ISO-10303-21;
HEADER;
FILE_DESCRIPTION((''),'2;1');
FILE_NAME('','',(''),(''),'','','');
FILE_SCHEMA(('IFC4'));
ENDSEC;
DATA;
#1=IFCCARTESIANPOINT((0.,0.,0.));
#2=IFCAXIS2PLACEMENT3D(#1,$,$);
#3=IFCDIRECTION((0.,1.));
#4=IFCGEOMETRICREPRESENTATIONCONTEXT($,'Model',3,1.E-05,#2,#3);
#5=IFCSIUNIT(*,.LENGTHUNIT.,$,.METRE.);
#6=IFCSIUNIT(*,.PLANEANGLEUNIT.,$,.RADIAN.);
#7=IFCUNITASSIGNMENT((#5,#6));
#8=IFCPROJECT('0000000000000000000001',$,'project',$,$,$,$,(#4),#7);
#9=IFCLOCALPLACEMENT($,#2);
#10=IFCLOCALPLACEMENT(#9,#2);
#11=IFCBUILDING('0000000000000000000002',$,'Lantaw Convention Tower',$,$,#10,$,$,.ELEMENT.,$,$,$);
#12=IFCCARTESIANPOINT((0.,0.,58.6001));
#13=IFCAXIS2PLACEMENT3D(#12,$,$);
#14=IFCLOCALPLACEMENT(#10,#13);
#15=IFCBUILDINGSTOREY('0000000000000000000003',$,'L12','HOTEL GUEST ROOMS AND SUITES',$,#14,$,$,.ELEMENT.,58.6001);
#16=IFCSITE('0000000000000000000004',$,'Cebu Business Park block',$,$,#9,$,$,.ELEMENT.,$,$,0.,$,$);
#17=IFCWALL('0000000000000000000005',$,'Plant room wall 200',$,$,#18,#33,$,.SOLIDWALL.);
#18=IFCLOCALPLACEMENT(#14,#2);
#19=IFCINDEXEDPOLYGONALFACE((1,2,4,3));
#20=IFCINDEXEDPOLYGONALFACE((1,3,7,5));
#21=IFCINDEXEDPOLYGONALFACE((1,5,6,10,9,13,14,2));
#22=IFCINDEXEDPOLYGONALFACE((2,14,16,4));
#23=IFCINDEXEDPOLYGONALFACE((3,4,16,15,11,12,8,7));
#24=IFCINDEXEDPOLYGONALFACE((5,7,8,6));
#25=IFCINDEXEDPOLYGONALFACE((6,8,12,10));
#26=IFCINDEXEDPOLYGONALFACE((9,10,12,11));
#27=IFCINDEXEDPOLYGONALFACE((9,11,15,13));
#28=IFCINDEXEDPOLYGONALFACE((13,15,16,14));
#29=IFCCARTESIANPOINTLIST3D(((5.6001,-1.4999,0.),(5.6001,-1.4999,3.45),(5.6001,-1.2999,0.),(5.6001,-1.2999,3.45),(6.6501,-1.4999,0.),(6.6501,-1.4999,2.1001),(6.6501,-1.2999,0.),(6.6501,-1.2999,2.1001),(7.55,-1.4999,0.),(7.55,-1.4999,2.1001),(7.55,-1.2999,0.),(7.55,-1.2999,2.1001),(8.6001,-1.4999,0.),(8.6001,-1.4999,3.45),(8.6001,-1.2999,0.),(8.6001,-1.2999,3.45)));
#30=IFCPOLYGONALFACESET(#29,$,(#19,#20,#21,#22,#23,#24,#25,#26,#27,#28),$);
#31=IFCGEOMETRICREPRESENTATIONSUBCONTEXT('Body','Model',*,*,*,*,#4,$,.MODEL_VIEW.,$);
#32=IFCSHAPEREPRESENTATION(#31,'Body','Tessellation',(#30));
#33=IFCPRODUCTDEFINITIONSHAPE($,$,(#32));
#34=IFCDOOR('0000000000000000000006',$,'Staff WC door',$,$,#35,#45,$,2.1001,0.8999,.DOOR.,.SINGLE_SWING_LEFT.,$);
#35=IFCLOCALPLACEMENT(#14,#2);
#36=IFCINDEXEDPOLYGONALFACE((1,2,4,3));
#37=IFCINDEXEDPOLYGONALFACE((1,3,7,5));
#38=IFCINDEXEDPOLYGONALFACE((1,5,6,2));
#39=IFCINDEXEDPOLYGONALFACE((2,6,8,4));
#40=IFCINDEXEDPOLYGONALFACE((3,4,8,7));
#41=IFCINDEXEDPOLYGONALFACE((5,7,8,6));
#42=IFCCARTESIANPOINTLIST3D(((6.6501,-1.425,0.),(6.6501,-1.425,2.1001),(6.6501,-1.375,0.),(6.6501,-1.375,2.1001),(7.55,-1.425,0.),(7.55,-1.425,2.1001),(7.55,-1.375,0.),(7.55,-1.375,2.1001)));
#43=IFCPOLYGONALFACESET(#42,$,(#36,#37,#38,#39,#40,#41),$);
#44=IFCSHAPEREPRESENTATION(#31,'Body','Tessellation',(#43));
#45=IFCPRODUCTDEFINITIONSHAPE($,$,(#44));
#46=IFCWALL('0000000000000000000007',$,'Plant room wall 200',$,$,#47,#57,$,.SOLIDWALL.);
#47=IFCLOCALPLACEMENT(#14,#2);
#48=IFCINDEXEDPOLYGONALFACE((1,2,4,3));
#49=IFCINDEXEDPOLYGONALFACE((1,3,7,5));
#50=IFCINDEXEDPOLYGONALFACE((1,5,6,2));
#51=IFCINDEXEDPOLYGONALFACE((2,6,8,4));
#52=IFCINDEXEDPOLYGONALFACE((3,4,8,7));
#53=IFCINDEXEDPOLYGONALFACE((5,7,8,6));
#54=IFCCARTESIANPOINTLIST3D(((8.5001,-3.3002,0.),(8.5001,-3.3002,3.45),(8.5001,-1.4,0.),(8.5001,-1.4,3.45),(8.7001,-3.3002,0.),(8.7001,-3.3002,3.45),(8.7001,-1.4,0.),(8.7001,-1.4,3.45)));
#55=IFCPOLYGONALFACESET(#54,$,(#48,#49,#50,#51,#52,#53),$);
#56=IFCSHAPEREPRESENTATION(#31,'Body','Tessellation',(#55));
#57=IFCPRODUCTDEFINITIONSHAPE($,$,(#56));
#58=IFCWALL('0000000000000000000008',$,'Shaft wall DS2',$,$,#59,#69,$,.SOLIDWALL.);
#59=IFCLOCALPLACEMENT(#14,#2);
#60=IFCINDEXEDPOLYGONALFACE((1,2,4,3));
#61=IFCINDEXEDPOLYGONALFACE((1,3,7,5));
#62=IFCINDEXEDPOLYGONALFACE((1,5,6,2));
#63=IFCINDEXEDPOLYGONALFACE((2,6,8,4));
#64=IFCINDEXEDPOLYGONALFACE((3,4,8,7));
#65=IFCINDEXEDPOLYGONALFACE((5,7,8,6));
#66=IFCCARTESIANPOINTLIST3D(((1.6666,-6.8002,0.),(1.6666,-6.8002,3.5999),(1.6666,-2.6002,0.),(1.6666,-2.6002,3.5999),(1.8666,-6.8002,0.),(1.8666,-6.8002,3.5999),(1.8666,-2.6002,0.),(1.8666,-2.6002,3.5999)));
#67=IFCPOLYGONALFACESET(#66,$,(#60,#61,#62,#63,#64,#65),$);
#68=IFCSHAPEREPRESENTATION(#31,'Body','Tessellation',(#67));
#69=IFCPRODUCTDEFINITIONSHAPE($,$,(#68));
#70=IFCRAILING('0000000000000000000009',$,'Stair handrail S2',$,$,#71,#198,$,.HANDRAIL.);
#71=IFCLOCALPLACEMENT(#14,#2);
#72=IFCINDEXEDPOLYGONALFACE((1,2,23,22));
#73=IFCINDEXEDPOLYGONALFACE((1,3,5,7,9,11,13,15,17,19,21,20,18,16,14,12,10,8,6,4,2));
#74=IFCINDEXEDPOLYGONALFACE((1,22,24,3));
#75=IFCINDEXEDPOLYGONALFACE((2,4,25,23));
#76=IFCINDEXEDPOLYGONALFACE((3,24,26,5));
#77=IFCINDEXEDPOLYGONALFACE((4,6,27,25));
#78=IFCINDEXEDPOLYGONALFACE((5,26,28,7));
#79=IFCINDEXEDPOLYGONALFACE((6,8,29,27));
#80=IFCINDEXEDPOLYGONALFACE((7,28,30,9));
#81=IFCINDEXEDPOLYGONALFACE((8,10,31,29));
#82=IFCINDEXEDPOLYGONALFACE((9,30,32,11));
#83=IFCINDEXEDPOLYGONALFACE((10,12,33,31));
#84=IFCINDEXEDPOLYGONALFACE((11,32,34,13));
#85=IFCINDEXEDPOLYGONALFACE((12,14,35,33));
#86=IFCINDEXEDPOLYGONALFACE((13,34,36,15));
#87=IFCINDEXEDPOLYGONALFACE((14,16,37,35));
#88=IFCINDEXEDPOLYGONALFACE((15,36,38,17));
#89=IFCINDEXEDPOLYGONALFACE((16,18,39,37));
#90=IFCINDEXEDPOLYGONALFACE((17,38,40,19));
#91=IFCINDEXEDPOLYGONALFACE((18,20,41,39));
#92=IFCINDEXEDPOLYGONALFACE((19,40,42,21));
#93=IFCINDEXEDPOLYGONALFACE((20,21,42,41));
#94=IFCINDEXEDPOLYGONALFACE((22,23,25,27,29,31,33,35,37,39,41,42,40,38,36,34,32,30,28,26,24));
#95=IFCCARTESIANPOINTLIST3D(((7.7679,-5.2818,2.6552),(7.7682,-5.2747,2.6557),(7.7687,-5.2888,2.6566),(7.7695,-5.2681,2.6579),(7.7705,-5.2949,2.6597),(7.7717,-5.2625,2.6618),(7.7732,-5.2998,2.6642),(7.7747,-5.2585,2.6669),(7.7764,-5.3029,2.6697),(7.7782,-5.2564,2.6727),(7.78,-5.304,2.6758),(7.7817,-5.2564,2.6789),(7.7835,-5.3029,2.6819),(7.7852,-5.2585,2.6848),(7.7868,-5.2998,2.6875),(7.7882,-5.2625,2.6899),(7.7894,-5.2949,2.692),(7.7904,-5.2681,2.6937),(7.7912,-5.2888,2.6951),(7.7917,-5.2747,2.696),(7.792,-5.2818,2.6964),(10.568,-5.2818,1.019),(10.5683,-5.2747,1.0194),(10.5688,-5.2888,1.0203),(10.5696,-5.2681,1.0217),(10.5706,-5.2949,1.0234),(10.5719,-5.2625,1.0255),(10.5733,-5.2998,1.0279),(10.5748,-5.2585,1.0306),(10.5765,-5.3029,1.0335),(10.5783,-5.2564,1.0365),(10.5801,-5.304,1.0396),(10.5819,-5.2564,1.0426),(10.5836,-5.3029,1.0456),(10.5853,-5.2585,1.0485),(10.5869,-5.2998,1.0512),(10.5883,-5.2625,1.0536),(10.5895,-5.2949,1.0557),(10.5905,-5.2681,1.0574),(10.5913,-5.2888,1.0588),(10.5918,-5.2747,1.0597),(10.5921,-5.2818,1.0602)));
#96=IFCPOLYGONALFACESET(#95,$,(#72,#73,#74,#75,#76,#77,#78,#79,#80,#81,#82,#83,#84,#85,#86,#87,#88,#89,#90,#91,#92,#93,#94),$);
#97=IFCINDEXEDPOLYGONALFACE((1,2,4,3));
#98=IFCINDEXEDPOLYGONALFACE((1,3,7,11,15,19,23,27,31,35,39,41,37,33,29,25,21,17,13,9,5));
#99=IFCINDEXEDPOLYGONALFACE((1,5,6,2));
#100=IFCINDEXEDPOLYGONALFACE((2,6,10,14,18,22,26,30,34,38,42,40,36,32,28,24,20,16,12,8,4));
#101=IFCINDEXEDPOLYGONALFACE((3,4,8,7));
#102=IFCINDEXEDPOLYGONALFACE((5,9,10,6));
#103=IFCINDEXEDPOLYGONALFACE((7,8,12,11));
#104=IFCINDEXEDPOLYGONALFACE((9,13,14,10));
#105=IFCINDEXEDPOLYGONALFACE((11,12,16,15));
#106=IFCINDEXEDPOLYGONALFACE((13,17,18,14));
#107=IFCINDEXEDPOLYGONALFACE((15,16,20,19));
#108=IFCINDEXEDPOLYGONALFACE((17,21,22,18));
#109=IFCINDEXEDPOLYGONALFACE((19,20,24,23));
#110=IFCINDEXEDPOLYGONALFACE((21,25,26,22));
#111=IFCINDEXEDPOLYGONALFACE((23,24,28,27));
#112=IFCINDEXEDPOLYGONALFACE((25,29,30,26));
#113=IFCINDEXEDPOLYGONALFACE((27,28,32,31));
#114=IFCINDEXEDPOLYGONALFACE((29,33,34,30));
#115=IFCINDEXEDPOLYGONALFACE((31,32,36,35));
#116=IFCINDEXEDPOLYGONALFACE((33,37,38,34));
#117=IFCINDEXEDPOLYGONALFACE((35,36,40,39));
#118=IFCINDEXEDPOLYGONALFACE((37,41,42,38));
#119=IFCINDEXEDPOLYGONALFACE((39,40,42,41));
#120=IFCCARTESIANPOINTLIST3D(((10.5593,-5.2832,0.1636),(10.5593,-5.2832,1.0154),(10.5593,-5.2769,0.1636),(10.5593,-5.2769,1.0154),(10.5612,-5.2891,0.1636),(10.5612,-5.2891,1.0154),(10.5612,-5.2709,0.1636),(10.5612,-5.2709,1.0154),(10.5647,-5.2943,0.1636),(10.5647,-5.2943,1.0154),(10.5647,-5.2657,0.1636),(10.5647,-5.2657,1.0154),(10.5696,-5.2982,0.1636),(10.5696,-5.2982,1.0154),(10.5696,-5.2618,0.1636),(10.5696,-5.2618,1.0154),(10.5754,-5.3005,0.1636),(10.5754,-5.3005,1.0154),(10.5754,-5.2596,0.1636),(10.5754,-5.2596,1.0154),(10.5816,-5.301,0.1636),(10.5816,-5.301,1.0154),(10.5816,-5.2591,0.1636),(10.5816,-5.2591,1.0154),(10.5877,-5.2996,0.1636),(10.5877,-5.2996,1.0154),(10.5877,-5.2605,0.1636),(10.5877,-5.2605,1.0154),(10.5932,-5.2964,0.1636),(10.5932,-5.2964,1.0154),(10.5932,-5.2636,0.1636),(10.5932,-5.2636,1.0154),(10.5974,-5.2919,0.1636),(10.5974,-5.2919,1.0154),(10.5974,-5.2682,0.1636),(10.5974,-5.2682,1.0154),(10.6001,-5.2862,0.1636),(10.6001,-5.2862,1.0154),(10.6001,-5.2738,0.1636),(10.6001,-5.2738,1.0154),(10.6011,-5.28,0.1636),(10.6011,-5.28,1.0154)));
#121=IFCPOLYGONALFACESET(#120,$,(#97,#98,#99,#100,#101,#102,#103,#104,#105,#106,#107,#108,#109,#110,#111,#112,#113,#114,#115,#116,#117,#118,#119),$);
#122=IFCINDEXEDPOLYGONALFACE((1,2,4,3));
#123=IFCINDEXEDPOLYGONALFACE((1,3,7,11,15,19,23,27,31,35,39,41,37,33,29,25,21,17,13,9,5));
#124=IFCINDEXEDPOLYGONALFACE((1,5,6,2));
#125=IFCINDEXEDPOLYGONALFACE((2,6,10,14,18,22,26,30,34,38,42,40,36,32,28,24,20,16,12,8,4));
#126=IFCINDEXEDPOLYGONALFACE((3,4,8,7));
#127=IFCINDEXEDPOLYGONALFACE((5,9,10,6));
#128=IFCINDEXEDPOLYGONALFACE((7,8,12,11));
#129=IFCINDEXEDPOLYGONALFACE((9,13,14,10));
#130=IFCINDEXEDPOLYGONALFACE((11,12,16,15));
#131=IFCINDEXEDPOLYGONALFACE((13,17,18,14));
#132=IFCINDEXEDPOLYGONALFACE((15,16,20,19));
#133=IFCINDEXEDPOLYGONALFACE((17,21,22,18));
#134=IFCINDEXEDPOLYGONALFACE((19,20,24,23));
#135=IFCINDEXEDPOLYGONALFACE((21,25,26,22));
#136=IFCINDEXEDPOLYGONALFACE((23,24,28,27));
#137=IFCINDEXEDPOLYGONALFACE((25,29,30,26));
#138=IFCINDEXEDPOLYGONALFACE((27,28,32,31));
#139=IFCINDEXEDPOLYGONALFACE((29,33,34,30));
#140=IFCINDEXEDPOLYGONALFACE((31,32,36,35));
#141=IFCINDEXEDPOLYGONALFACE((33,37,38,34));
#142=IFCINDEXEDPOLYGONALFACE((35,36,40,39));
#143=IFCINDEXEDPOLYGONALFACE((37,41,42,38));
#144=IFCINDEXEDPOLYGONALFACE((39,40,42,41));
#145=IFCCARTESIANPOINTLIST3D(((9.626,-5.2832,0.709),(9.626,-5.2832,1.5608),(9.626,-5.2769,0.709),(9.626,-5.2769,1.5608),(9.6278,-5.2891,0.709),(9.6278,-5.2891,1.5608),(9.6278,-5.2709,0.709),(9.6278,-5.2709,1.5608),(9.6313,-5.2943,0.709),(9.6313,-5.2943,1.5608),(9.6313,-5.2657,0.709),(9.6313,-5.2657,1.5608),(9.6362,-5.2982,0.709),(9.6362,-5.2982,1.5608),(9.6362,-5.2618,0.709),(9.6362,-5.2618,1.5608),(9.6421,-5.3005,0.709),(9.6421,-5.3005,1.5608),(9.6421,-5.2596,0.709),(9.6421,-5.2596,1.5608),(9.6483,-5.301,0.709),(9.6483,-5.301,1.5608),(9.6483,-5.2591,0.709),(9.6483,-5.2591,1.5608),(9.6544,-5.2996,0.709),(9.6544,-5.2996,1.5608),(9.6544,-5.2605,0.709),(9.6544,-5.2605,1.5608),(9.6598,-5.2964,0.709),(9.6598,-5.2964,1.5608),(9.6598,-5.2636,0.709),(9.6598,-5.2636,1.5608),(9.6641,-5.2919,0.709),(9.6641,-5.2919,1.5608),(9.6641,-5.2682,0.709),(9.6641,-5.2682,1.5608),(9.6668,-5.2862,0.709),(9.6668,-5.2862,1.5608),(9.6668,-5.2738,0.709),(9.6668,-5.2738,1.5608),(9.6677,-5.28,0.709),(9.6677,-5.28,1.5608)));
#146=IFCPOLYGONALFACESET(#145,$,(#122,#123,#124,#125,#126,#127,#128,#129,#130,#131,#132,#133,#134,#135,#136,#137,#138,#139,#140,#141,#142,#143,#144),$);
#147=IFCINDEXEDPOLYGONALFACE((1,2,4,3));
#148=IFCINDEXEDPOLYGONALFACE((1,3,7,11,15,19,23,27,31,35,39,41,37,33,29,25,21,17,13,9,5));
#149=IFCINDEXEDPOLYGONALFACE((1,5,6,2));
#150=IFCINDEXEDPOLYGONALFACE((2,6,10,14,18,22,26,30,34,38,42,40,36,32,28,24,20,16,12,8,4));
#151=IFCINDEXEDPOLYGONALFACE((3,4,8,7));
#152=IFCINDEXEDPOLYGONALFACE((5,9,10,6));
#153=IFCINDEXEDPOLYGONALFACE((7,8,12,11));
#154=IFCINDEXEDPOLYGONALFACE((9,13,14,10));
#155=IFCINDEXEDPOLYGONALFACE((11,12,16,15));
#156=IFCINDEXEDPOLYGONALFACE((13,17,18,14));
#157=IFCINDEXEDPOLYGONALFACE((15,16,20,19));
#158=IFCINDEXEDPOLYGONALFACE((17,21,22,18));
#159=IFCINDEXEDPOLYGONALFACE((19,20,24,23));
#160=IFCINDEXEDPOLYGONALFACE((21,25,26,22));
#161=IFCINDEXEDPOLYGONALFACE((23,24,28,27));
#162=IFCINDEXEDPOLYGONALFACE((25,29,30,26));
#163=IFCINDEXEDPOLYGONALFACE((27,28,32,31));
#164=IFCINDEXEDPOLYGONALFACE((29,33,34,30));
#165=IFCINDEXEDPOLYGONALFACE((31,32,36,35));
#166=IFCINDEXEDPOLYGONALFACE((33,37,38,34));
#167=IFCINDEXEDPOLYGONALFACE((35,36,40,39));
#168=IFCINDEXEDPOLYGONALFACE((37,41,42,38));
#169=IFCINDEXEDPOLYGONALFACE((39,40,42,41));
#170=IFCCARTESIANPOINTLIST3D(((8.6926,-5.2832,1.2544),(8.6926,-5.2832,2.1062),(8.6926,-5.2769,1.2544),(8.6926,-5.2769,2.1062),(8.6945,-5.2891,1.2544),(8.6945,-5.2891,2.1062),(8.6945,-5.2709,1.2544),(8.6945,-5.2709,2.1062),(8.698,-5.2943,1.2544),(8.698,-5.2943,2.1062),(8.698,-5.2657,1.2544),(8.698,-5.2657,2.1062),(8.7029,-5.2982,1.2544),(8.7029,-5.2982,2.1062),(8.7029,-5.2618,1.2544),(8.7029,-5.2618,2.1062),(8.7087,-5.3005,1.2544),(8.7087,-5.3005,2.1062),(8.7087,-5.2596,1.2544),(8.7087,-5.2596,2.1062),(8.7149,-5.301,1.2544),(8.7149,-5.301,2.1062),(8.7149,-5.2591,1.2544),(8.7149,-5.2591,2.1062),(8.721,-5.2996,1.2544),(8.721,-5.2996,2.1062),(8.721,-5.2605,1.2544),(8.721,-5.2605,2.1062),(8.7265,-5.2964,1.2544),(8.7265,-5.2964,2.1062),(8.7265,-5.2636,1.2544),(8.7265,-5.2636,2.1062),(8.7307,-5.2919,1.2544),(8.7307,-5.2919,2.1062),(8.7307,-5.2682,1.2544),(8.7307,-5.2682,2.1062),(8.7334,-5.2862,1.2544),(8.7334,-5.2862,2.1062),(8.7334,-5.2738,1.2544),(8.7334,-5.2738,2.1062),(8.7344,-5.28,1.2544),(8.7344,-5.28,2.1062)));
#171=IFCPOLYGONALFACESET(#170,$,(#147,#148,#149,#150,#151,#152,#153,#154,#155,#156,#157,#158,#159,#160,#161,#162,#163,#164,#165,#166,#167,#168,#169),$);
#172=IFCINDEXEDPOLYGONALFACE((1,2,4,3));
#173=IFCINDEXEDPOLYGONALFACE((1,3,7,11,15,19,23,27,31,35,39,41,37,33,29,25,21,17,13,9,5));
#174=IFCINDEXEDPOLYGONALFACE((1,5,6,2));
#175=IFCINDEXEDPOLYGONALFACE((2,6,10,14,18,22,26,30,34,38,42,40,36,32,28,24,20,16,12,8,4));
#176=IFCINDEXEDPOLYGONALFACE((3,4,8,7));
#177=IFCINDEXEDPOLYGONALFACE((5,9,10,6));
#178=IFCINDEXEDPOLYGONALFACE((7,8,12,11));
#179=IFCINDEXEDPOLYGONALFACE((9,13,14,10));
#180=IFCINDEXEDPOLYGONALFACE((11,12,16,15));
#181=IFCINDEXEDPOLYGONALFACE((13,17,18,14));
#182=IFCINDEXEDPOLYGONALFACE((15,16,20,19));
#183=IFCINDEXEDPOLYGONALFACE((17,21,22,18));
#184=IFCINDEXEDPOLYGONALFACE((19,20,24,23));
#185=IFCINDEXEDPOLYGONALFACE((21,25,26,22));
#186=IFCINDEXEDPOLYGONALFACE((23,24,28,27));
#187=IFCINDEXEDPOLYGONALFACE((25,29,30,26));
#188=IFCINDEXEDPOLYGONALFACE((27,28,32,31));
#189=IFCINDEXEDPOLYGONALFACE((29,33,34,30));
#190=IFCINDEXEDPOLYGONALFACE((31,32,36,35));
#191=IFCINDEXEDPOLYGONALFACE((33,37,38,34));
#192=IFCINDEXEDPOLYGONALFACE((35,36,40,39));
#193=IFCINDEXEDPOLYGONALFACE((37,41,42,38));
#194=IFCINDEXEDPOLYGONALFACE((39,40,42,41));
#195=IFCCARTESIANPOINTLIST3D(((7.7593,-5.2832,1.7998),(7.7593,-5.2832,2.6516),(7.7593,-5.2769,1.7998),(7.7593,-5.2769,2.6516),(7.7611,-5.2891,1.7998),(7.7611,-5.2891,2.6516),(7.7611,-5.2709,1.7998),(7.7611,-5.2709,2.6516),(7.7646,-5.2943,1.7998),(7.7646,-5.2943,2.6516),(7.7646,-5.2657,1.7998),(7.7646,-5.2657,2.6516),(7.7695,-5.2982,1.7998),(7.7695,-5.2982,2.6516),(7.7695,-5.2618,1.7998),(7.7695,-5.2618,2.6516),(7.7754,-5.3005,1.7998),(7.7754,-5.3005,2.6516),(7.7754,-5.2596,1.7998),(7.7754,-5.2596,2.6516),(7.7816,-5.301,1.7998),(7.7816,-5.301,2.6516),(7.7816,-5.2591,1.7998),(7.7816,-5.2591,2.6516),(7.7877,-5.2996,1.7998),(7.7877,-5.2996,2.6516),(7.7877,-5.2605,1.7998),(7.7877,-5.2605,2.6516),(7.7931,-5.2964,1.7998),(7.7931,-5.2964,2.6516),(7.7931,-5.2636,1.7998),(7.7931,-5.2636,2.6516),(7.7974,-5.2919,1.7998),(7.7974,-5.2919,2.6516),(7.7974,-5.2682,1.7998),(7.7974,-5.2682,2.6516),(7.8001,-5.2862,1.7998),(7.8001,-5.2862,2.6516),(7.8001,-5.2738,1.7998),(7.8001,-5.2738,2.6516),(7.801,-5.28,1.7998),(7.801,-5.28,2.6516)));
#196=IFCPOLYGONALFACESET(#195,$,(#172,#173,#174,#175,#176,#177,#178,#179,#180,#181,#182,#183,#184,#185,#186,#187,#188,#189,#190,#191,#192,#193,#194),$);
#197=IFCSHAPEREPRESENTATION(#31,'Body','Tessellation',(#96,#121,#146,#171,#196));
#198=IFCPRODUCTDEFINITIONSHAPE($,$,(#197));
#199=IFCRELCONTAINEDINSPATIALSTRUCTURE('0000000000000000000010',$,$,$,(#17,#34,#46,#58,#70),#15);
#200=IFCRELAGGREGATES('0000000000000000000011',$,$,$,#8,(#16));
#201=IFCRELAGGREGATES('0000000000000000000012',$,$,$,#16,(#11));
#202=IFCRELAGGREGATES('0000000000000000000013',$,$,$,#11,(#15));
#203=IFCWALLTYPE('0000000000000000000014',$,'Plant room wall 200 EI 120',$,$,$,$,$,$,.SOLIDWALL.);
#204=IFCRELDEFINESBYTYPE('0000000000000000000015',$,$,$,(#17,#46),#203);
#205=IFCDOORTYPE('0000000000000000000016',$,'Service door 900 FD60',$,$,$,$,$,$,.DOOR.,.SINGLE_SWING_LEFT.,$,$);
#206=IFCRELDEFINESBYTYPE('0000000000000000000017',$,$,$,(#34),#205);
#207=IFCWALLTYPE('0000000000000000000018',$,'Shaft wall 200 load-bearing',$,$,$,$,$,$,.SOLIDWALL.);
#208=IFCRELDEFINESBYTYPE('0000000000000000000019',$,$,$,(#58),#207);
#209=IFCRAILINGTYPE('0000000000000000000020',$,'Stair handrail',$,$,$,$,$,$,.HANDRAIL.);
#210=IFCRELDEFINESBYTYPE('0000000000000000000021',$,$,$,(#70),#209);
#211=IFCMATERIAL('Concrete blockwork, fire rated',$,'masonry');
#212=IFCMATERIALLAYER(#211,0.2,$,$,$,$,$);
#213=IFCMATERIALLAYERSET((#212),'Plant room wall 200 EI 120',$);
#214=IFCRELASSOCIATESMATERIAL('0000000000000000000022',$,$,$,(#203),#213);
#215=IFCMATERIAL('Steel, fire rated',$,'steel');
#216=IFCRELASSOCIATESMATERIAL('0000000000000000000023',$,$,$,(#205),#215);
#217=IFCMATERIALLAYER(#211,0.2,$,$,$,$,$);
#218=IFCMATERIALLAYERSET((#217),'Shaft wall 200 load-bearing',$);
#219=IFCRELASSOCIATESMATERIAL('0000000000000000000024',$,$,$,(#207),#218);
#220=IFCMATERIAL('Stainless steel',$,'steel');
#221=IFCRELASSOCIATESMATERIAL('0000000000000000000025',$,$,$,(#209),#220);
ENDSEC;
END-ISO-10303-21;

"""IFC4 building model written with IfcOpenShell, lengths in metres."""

from ifc_helpers import new_model, si_unit, direction, frame, frame_2d, origin, origin_2d, place, context, subcontext, project, spatial, rectangle, circle, extrude, material, layer, layer_set, type_object, element, fill, save


model = new_model("IFC4")

# Units and contexts
model_context = context("Model", 3, precision=1e-05, world=origin(), true_north=direction((0.0, 1.0)))
body_context = subcontext(model_context, "Body", "Model", "MODEL_VIEW")
ifc_project = project(units=[si_unit("LENGTHUNIT", "METRE"), si_unit("PLANEANGLEUNIT", "RADIAN")], contexts=[model_context])

# Site, building, storey
site_placement = place(None, origin())
site = spatial("IfcSite", under=ifc_project, at=site_placement, Name="Cebu Business Park block", CompositionType="ELEMENT", RefElevation=0.0)
building_placement = place(site_placement, origin())
building = spatial("IfcBuilding", under=site, at=building_placement, Name="Lantaw Convention Tower", CompositionType="ELEMENT")
storey_placement = place(building_placement, frame((0.0, 0.0, 58.6001)))
storey = spatial("IfcBuildingStorey", under=building, at=storey_placement, Name="L12", Description="HOTEL GUEST ROOMS AND SUITES", CompositionType="ELEMENT", Elevation=58.6001)

# Wall, opening, door
ifc_material_1 = material(Name="Steel, fire rated", Category="steel")
ifc_material_2 = material(Name="Concrete blockwork, fire rated", Category="masonry")
ifc_layer_1 = layer(ifc_material_2, 0.2)
ifc_layer_set_1 = layer_set([ifc_layer_1], Name="Plant room wall 200 EI 120")
wall_type_1 = type_object("IfcWallType", Name="Plant room wall 200 EI 120", PredefinedType="SOLIDWALL", material=ifc_layer_set_1)
wall_1_placement = place(storey_placement, frame((5.6001, -1.3999, 0.0), z_axis=(0.0, 0.0, 1.0), x_axis=(1.0, 0.0, 0.0)))
wall_1 = element("IfcWall", 1, at=wall_1_placement, inside=storey, type_object=wall_type_1, Name="Plant room wall 200", PredefinedType="SOLIDWALL", context=body_context, shape_type="SweptSolid", body=[
    extrude(rectangle(XDim=3.0, YDim=0.2, at=frame_2d((1.5, 0.0))), origin(), (0.0, 0.0, 1.0), 3.45),
])
opening_1_placement = place(wall_1_placement, frame((1.05, 0.0, 0.0)))
opening_1 = element("IfcOpeningElement", 2, at=opening_1_placement, cuts=wall_1, PredefinedType="OPENING", context=body_context, shape_type="SweptSolid", body=[
    extrude(rectangle(XDim=0.8999, YDim=2.1001, at=frame_2d((0.45, 1.05))), frame((0.0, 0.1099, 0.0), z_axis=(0.0, -1.0, 0.0), x_axis=(1.0, 0.0, 0.0)), (0.0, 0.0, 1.0), 0.22),
])
door_type_1 = type_object("IfcDoorType", Name="Service door 900 FD60", OperationType="SINGLE_SWING_LEFT", PredefinedType="DOOR", material=ifc_material_1)
door_1_placement = place(opening_1_placement, origin())
door_1 = element("IfcDoor", 3, at=door_1_placement, inside=storey, type_object=door_type_1, Name="Staff WC door", OperationType="SINGLE_SWING_LEFT", OverallHeight=2.1001, OverallWidth=0.8999, PredefinedType="DOOR", context=body_context, shape_type="SweptSolid", body=[
    extrude(rectangle(XDim=0.8999, YDim=2.1001, at=frame_2d((0.45, 1.05))), frame((0.0, 0.0249, 0.0), z_axis=(0.0, -1.0, 0.0), x_axis=(1.0, 0.0, 0.0)), (0.0, 0.0, 1.0), 0.05),
])
fill(opening_1, door_1)

# Walls
wall_2_placement = place(storey_placement, frame((8.6001, -1.3999, 0.0), z_axis=(0.0, 0.0, 1.0), x_axis=(0.0, -1.0, 0.0)))
element("IfcWall", 4, at=wall_2_placement, inside=storey, type_object=wall_type_1, Name="Plant room wall 200", PredefinedType="SOLIDWALL", context=body_context, shape_type="SweptSolid", body=[
    extrude(rectangle(XDim=1.9001, YDim=0.2, at=frame_2d((0.9502, 0.0))), origin(), (0.0, 0.0, 1.0), 3.45),
])
ifc_layer_2 = layer(ifc_material_2, 0.2)
ifc_layer_set_2 = layer_set([ifc_layer_2], Name="Shaft wall 200 load-bearing")
wall_type_2 = type_object("IfcWallType", Name="Shaft wall 200 load-bearing", PredefinedType="SOLIDWALL", material=ifc_layer_set_2)
wall_3_placement = place(storey_placement, frame((1.7666, -2.6001, 0.0), z_axis=(0.0, 0.0, 1.0), x_axis=(0.0, -1.0, 0.0)))
element("IfcWall", 5, at=wall_3_placement, inside=storey, type_object=wall_type_2, Name="Shaft wall DS2", PredefinedType="SOLIDWALL", context=body_context, shape_type="SweptSolid", body=[
    extrude(rectangle(XDim=4.2, YDim=0.2, at=frame_2d((2.1001, 0.0))), origin(), (0.0, 0.0, 1.0), 3.5999),
])

# Railing
ifc_material_3 = material(Name="Stainless steel", Category="steel")
railing_type = type_object("IfcRailingType", Name="Stair handrail", PredefinedType="HANDRAIL", material=ifc_material_3)
railing_1_placement = place(storey_placement, frame((10.5801, -5.28, 0.1636)))
element("IfcRailing", 6, at=railing_1_placement, inside=storey, type_object=railing_type, Name="Stair handrail S2", PredefinedType="HANDRAIL", context=body_context, shape_type="SweptSolid", body=[
    extrude(circle(Radius=0.0239, at=origin_2d()), frame((0.0, 0.0, 0.876), z_axis=(-0.863394, 0.0, 0.504531), x_axis=(0.0, -1.0, 0.0)), (0.0, 0.0, 1.0), 3.2432),
    extrude(circle(Radius=0.021, at=origin_2d()), origin(), (0.0, 0.0, 1.0), 0.8518),
    extrude(circle(Radius=0.021, at=origin_2d()), frame((-0.9333, 0.0, 0.5454)), (0.0, 0.0, 1.0), 0.8518),
    extrude(circle(Radius=0.021, at=origin_2d()), frame((-1.8667, 0.0, 1.0908)), (0.0, 0.0, 1.0), 0.8518),
    extrude(circle(Radius=0.021, at=origin_2d()), frame((-2.8, 0.0, 1.6362)), (0.0, 0.0, 1.0), 0.8518),
])

save(model, "model.ifc")
